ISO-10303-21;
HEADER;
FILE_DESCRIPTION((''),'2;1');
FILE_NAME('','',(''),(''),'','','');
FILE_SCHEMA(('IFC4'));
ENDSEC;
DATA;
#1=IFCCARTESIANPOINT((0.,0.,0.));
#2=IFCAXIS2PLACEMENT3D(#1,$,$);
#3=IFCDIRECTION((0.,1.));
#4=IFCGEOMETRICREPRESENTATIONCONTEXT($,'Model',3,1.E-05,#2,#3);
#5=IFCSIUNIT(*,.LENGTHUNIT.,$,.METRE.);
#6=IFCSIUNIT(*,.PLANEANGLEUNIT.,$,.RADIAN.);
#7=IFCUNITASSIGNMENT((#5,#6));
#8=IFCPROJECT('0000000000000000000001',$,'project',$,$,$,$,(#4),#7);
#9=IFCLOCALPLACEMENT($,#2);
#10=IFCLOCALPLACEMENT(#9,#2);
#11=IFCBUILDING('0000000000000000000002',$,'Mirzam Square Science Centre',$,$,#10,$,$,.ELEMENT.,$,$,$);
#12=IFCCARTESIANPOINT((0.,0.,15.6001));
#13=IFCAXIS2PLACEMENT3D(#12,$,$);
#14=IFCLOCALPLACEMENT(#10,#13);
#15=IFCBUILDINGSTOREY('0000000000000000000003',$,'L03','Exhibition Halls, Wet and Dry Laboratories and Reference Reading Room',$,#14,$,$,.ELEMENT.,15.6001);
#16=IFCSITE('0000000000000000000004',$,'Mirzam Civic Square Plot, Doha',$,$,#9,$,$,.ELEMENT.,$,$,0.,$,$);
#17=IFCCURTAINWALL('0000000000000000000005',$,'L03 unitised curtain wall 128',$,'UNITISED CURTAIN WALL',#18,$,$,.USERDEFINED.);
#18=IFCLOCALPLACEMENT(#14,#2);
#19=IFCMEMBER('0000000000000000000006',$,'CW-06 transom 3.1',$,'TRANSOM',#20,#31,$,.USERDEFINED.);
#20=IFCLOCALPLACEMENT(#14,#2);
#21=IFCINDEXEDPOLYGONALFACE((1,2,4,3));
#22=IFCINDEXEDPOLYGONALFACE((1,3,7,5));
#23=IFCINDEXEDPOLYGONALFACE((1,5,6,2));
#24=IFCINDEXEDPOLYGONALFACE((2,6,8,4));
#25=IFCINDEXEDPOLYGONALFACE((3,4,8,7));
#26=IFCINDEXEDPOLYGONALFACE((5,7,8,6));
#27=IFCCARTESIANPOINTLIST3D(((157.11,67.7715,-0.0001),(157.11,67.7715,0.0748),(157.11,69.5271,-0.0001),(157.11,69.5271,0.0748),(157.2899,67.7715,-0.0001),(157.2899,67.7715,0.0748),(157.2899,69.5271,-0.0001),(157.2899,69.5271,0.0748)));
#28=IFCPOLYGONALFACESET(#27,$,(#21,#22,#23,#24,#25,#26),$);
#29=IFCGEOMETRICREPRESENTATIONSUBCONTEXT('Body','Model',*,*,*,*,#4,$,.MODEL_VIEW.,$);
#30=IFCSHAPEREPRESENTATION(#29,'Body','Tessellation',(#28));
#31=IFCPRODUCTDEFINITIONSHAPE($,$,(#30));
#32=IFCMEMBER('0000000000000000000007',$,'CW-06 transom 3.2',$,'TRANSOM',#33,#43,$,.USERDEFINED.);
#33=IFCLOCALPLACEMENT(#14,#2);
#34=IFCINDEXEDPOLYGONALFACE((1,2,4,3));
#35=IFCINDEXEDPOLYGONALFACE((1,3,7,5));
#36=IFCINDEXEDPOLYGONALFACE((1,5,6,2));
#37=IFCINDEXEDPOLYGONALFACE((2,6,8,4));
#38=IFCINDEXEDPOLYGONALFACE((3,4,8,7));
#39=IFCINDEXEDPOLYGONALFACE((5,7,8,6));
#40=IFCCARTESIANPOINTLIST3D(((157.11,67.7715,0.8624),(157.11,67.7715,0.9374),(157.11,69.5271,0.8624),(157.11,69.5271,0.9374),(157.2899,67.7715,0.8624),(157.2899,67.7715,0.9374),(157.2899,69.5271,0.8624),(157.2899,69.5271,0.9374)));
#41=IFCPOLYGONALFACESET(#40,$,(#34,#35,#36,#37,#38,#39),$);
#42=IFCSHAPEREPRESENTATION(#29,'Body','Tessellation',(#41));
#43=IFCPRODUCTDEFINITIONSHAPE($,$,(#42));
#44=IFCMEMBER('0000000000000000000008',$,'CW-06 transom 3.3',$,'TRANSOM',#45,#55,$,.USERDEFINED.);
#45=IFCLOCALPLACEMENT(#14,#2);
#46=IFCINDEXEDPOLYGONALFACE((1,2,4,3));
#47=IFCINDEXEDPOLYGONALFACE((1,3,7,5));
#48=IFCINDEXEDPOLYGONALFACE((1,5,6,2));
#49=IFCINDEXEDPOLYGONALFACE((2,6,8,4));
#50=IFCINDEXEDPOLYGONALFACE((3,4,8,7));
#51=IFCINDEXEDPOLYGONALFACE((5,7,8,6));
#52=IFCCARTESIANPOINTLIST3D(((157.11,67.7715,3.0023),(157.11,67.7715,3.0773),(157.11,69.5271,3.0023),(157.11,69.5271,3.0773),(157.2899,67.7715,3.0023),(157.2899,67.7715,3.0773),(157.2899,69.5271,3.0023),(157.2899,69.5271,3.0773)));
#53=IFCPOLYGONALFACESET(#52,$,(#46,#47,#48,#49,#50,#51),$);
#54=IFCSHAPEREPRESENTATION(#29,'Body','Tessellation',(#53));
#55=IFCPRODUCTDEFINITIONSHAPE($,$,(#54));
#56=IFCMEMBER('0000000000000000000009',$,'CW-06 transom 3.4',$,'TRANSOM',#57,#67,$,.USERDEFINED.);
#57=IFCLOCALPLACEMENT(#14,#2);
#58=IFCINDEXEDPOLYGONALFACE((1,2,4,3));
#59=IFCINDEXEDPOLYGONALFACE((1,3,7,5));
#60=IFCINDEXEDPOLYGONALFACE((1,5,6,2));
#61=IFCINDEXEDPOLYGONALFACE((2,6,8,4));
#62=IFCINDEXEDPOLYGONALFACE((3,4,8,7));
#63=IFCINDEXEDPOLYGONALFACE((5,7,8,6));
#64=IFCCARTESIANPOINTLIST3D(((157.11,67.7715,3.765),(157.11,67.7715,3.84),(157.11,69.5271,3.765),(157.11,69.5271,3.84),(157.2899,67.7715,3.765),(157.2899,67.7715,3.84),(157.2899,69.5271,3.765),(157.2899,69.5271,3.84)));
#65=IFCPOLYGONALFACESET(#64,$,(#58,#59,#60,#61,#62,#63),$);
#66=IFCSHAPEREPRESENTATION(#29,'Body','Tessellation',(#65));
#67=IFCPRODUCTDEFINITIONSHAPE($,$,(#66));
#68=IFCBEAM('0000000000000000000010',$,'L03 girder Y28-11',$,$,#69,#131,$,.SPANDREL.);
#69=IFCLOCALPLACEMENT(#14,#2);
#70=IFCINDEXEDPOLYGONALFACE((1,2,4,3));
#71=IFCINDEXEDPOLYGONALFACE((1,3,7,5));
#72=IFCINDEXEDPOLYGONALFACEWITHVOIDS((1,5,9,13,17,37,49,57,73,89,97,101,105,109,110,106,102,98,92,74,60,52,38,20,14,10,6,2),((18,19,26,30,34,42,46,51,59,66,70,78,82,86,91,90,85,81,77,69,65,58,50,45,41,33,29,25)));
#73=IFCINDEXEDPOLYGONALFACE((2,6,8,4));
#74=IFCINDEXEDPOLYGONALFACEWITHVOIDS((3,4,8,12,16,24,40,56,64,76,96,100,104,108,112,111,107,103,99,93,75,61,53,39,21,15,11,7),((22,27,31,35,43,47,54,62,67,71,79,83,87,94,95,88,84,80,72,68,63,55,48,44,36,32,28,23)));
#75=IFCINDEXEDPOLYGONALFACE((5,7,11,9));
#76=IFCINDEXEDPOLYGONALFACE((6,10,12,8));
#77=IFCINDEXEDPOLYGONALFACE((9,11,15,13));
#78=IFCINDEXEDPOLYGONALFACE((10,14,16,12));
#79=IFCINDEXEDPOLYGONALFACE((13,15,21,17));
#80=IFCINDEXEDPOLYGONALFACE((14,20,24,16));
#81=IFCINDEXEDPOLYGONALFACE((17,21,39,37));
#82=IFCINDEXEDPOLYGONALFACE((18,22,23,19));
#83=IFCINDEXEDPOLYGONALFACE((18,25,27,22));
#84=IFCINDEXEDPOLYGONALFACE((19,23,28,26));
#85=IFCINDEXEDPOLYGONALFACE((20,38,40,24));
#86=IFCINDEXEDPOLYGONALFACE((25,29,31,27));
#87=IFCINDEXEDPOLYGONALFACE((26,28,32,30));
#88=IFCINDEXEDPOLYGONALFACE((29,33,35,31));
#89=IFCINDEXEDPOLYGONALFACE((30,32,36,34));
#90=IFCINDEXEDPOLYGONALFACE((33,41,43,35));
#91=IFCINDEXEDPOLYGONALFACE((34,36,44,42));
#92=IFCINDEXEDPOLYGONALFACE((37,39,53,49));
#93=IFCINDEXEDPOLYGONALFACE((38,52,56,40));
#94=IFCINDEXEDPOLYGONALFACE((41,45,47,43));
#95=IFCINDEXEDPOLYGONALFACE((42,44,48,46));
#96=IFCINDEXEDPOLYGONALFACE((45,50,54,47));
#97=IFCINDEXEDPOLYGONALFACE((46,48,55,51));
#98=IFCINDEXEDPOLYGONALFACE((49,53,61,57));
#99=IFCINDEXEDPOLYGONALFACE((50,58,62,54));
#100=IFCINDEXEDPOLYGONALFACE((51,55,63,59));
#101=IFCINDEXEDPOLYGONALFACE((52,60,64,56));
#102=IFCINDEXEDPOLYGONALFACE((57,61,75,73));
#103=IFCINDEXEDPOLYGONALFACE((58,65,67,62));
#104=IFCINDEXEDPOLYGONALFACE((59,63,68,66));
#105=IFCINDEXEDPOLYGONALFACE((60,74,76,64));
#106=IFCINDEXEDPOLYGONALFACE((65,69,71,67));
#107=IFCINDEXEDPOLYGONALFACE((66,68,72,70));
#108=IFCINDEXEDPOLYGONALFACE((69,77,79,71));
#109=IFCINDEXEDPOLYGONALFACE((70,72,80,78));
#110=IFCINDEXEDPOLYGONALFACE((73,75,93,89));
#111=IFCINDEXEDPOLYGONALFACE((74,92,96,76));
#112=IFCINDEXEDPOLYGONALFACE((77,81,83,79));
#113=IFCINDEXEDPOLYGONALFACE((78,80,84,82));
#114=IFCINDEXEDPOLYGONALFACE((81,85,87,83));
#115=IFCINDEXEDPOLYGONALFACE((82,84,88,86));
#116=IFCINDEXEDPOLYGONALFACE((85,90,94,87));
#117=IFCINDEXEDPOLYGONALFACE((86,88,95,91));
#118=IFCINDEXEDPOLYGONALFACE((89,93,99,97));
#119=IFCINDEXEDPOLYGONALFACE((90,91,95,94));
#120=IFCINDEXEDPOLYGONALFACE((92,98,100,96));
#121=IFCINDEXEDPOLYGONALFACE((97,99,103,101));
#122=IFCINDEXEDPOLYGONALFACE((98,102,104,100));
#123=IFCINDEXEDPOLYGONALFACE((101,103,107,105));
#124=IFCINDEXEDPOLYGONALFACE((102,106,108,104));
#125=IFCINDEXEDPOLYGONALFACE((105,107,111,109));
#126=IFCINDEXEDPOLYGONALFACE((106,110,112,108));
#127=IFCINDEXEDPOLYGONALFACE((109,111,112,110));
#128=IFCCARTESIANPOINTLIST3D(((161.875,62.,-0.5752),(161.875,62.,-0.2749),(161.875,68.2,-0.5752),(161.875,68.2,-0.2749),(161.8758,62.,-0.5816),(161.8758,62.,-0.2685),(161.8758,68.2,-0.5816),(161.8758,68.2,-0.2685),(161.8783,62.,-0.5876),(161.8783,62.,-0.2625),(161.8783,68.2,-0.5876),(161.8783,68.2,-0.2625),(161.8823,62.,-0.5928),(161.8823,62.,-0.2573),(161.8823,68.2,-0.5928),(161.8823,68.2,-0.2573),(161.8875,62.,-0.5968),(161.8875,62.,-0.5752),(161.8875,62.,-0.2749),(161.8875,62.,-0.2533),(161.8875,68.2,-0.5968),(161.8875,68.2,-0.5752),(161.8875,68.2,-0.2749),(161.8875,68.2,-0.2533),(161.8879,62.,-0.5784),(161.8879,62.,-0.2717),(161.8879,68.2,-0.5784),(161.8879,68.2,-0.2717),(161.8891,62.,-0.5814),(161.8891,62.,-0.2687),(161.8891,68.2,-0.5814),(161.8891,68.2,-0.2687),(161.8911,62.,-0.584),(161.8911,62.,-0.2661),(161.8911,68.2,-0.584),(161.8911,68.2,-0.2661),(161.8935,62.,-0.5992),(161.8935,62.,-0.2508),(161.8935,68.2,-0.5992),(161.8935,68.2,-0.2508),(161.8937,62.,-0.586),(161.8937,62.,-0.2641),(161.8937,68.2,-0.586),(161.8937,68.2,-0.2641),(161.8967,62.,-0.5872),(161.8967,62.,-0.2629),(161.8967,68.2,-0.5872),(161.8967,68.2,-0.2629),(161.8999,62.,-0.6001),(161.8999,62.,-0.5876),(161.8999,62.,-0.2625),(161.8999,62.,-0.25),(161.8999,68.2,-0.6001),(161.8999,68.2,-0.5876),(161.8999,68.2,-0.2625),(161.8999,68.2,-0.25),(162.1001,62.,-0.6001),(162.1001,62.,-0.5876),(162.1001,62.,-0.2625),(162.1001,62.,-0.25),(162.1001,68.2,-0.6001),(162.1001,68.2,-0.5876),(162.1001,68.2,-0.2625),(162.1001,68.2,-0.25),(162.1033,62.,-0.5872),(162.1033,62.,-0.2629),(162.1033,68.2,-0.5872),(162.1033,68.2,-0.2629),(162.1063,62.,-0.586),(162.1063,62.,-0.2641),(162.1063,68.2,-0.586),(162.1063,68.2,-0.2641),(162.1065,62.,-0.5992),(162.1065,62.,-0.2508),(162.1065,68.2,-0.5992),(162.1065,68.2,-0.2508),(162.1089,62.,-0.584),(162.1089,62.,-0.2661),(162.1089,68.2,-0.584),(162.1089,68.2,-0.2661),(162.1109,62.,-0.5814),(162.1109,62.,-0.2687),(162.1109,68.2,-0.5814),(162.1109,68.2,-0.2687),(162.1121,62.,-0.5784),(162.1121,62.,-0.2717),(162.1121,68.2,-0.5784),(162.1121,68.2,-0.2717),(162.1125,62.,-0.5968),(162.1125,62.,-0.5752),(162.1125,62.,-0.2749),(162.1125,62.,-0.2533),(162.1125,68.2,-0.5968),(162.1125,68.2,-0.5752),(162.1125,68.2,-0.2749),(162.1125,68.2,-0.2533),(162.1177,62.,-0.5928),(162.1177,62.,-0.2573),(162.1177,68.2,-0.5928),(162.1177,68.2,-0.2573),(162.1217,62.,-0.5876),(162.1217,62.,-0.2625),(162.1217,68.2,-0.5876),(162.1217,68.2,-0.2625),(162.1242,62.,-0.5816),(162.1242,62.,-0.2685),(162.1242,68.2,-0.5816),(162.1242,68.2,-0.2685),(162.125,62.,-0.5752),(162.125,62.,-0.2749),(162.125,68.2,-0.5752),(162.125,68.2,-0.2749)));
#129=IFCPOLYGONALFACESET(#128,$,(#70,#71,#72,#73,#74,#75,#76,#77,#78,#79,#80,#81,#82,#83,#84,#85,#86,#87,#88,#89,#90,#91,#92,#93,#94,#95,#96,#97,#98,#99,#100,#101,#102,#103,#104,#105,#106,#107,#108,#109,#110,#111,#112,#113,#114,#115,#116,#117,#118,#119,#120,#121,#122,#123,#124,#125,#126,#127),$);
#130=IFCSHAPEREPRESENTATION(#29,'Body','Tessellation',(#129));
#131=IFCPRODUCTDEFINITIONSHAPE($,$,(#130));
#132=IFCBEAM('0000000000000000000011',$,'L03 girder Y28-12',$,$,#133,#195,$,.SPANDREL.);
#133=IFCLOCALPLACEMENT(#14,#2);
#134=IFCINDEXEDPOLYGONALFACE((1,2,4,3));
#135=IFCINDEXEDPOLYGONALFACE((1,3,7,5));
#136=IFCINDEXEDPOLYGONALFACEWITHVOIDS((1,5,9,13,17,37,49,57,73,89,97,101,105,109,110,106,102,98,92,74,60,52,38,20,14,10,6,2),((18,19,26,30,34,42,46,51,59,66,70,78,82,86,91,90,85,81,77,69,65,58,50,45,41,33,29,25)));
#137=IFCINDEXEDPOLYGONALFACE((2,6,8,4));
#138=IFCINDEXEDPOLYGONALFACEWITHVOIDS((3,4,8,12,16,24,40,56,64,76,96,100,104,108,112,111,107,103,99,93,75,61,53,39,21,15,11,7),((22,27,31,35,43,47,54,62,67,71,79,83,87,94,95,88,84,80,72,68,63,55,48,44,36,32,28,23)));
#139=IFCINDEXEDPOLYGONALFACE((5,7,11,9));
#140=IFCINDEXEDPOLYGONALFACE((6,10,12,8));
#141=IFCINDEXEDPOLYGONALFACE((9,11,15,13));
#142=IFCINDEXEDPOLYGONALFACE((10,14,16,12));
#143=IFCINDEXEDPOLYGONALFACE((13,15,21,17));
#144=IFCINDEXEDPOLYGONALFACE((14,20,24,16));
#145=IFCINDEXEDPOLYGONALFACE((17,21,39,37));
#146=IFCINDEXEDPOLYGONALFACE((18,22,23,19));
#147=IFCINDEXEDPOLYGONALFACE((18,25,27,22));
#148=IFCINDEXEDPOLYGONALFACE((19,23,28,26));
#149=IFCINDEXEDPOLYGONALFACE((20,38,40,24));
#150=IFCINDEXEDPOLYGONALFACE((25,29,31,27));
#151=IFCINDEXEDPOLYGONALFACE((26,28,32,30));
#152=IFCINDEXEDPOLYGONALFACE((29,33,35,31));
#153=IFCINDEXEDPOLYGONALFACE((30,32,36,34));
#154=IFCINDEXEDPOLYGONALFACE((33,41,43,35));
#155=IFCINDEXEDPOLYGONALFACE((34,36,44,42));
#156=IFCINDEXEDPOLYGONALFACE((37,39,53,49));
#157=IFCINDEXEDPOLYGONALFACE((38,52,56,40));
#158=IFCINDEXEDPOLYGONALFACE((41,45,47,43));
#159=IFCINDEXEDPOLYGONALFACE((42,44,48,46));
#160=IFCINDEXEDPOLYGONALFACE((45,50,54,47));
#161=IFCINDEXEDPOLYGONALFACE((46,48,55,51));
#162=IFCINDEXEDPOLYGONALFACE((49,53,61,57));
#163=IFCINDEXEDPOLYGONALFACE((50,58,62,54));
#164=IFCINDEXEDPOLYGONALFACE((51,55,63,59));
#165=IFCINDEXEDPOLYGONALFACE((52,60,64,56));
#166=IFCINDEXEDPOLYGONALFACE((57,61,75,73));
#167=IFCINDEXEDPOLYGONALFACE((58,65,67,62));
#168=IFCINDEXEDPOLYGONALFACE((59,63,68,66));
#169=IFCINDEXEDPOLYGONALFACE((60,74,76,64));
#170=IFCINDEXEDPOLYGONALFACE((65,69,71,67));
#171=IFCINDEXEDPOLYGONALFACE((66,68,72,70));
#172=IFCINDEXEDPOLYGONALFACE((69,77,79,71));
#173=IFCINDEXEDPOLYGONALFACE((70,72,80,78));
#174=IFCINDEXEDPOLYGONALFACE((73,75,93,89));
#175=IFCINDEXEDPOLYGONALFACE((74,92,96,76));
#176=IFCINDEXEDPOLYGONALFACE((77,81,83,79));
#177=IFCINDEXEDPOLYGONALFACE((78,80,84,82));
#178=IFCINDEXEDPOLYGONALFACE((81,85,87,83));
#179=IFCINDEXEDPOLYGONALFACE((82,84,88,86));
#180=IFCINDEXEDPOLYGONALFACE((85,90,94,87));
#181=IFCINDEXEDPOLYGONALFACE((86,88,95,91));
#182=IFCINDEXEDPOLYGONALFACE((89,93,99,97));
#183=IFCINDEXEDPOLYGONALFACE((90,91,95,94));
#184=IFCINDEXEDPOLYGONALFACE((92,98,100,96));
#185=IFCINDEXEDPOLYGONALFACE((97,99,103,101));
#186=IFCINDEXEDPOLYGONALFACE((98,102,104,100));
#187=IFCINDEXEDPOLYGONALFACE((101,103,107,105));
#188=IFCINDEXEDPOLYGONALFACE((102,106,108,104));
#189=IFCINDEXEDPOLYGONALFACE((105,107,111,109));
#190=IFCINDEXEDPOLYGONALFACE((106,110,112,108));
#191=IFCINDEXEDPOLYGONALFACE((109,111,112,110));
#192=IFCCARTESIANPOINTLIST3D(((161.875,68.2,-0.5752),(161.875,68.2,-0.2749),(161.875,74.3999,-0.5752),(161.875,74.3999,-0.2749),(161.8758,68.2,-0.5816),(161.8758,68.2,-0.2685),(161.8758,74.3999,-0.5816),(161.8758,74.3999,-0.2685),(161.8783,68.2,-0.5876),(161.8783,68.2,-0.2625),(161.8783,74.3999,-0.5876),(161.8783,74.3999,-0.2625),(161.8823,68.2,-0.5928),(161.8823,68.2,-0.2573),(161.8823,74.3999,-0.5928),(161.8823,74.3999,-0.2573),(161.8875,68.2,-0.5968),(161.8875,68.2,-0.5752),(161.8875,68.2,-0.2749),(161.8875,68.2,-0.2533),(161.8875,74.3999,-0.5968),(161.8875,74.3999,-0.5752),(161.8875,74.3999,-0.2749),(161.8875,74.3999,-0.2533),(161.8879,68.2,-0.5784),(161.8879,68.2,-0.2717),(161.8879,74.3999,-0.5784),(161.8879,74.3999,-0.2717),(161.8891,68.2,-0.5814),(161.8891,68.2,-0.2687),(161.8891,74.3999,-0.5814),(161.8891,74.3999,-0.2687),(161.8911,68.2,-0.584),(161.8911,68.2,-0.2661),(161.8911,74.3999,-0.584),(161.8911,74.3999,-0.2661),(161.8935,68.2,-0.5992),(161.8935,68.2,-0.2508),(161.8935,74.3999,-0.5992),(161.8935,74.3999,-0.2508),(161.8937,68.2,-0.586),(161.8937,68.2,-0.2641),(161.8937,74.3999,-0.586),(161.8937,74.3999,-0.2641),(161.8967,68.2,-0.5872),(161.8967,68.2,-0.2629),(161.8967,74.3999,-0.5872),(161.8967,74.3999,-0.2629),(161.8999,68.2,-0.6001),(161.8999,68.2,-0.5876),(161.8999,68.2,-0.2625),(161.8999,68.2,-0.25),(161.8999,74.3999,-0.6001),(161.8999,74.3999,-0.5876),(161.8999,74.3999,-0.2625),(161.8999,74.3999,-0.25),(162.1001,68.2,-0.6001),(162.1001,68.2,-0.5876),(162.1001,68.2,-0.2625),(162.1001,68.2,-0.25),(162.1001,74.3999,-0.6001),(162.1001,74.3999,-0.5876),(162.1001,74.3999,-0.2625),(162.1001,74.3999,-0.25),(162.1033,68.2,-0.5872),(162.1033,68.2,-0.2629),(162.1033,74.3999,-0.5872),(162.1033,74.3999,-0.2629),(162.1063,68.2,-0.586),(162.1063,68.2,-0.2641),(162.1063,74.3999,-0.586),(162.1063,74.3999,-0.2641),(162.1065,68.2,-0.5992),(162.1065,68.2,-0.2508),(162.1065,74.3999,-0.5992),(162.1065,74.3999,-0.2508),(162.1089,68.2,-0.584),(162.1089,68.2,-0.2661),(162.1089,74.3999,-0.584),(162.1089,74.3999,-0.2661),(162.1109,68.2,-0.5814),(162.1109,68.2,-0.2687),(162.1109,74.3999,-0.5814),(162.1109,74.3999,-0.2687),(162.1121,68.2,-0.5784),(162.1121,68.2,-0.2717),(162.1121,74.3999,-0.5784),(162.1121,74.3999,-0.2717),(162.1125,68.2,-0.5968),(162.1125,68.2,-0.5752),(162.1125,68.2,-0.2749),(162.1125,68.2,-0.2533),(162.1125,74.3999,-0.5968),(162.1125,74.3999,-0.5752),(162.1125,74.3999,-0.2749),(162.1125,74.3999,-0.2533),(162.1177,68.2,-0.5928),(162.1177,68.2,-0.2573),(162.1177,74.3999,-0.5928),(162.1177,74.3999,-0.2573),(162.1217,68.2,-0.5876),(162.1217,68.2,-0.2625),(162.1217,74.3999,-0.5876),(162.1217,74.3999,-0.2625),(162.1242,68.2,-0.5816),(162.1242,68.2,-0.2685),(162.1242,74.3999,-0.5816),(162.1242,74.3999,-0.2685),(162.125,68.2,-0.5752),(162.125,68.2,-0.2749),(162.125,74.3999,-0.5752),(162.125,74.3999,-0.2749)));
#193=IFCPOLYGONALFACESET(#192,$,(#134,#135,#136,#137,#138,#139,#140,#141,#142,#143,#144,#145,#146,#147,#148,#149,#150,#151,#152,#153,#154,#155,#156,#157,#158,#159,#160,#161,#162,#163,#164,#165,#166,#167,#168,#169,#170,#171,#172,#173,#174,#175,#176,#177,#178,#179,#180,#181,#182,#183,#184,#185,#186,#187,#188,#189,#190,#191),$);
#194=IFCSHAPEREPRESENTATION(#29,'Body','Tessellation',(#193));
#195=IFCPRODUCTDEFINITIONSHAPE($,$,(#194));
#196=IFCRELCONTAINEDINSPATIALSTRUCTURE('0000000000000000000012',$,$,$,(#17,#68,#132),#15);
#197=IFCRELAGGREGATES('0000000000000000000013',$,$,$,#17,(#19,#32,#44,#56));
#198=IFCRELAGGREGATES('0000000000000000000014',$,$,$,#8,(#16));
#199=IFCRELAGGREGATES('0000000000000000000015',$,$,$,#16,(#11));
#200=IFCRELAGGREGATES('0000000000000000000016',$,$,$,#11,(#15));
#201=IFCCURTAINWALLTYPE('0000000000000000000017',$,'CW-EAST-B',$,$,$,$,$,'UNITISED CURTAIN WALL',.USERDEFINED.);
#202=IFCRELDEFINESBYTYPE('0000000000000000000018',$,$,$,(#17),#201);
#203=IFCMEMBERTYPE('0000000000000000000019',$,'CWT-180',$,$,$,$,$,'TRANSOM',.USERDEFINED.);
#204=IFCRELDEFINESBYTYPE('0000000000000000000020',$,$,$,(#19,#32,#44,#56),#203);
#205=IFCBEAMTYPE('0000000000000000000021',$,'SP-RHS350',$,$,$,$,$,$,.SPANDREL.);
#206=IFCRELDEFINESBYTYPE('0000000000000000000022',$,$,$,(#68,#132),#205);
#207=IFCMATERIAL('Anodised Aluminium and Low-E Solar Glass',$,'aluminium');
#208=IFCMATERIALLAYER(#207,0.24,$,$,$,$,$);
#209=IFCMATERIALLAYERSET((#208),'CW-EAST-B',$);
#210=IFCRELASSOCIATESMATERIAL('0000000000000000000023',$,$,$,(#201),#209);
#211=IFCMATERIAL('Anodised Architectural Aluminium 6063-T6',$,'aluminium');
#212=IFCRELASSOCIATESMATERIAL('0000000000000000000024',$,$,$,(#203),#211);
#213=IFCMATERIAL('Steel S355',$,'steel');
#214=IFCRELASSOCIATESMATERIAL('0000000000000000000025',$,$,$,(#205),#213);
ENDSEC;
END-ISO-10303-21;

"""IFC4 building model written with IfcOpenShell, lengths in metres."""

from ifc_helpers import new_model, si_unit, direction, frame, origin, origin_2d, place, context, subcontext, project, spatial, rectangle, hollow_rectangle, extrude, material, layer, layer_set, material_profile, profile_set, type_object, element, aggregate, save


model = new_model("IFC4")

# Units and contexts
model_context = context("Model", 3, precision=1e-05, world=origin(), true_north=direction((0.0, 1.0)))
body_context = subcontext(model_context, "Body", "Model", "MODEL_VIEW")
ifc_project = project(units=[si_unit("LENGTHUNIT", "METRE"), si_unit("PLANEANGLEUNIT", "RADIAN")], contexts=[model_context])

# Site, building, storey
site_placement = place(None, origin())
site = spatial("IfcSite", under=ifc_project, at=site_placement, Name="Mirzam Civic Square Plot, Doha", CompositionType="ELEMENT", RefElevation=0.0)
building_placement = place(site_placement, origin())
building = spatial("IfcBuilding", under=site, at=building_placement, Name="Mirzam Square Science Centre", CompositionType="ELEMENT")
storey_placement = place(building_placement, frame((0.0, 0.0, 15.6001)))
storey = spatial("IfcBuildingStorey", under=building, at=storey_placement, Name="L03", Description="Exhibition Halls, Wet and Dry Laboratories and Reference Reading Room", CompositionType="ELEMENT", Elevation=15.6001)

# Shared definitions
ifc_material_1 = material(Name="Steel S355", Category="steel")

# Curtain wall, members
ifc_material_2 = material(Name="Anodised Aluminium and Low-E Solar Glass", Category="aluminium")
ifc_layer_1 = layer(ifc_material_2, 0.24)
ifc_layer_set_1 = layer_set([ifc_layer_1], Name="CW-EAST-B")
curtain_wall_type = type_object("IfcCurtainWallType", Name="CW-EAST-B", ElementType="UNITISED CURTAIN WALL", PredefinedType="USERDEFINED", material=ifc_layer_set_1)
curtain_wall_placement = place(storey_placement, origin())
curtain_wall = element("IfcCurtainWall", 1, at=curtain_wall_placement, inside=storey, type_object=curtain_wall_type, Name="L03 unitised curtain wall 128", ObjectType="UNITISED CURTAIN WALL", PredefinedType="USERDEFINED")
ifc_material_3 = material(Name="Anodised Architectural Aluminium 6063-T6", Category="aluminium")
ifc_material_profile_1 = material_profile(ifc_material_3, rectangle(XDim=0.1799, YDim=0.075, at=origin_2d()), Name="ALU-TRAN-180x75x5")
ifc_profile_set_1 = profile_set([ifc_material_profile_1], Name="Anodised Architectural Aluminium 6063-T6")
member_type_1 = type_object("IfcMemberType", Name="CWT-180", ElementType="TRANSOM", PredefinedType="USERDEFINED", material=ifc_profile_set_1)
member_1_placement = place(storey_placement, frame((157.2, 67.7715, 0.0374), z_axis=(0.0, 1.0, 0.0), x_axis=(-1.0, 0.0, 0.0)))
member_1 = element("IfcMember", 2, at=member_1_placement, type_object=member_type_1, Name="CW-06 transom 3.1", ObjectType="TRANSOM", PredefinedType="USERDEFINED", context=body_context, shape_type="SweptSolid", body=[
    extrude(rectangle(XDim=0.1799, YDim=0.075, at=origin_2d()), origin(), (0.0, 0.0, 1.0), 1.7556),
])
member_2_placement = place(storey_placement, frame((157.2, 67.7715, 0.8999), z_axis=(0.0, 1.0, 0.0), x_axis=(-1.0, 0.0, 0.0)))
member_2 = element("IfcMember", 3, at=member_2_placement, type_object=member_type_1, Name="CW-06 transom 3.2", ObjectType="TRANSOM", PredefinedType="USERDEFINED", context=body_context, shape_type="SweptSolid", body=[
    extrude(rectangle(XDim=0.1799, YDim=0.075, at=origin_2d()), origin(), (0.0, 0.0, 1.0), 1.7556),
])
member_3_placement = place(storey_placement, frame((157.2, 67.7715, 3.0398), z_axis=(0.0, 1.0, 0.0), x_axis=(-1.0, 0.0, 0.0)))
member_3 = element("IfcMember", 4, at=member_3_placement, type_object=member_type_1, Name="CW-06 transom 3.3", ObjectType="TRANSOM", PredefinedType="USERDEFINED", context=body_context, shape_type="SweptSolid", body=[
    extrude(rectangle(XDim=0.1799, YDim=0.075, at=origin_2d()), origin(), (0.0, 0.0, 1.0), 1.7556),
])
member_4_placement = place(storey_placement, frame((157.2, 67.7715, 3.8025), z_axis=(0.0, 1.0, 0.0), x_axis=(-1.0, 0.0, 0.0)))
member_4 = element("IfcMember", 5, at=member_4_placement, type_object=member_type_1, Name="CW-06 transom 3.4", ObjectType="TRANSOM", PredefinedType="USERDEFINED", context=body_context, shape_type="SweptSolid", body=[
    extrude(rectangle(XDim=0.1799, YDim=0.075, at=origin_2d()), origin(), (0.0, 0.0, 1.0), 1.7556),
])

# Beams
ifc_material_profile_2 = material_profile(ifc_material_1, hollow_rectangle(XDim=0.25, YDim=0.3501, WallThickness=0.0125, InnerFilletRadius=0.0125, OuterFilletRadius=0.0249, at=origin_2d()), Name="350x250x12.5RHS")
ifc_profile_set_2 = profile_set([ifc_material_profile_2], Name="Steel S355")
beam_type = type_object("IfcBeamType", Name="SP-RHS350", PredefinedType="SPANDREL", material=ifc_profile_set_2)
for number, where, z_axis, x_axis, name in (
    (6, (162.0, 62.0, -0.425), (0.0, 1.0, 0.0), (-1.0, 0.0, 0.0), "L03 girder Y28-11"),
    (7, (162.0, 68.2, -0.425), (0.0, 1.0, 0.0), (-1.0, 0.0, 0.0), "L03 girder Y28-12"),
):
    element("IfcBeam", number, at=place(storey_placement, frame(where, z_axis=z_axis, x_axis=x_axis)), inside=storey, type_object=beam_type, Name=name, PredefinedType="SPANDREL", context=body_context, shape_type="SweptSolid", body=[
        extrude(hollow_rectangle(XDim=0.25, YDim=0.3501, WallThickness=0.0125, InnerFilletRadius=0.0125, OuterFilletRadius=0.0249, at=origin_2d()), origin(), (0.0, 0.0, 1.0), 6.2),
    ])

aggregate(curtain_wall, [member_1, member_2, member_3, member_4])

save(model, "model.ifc")
